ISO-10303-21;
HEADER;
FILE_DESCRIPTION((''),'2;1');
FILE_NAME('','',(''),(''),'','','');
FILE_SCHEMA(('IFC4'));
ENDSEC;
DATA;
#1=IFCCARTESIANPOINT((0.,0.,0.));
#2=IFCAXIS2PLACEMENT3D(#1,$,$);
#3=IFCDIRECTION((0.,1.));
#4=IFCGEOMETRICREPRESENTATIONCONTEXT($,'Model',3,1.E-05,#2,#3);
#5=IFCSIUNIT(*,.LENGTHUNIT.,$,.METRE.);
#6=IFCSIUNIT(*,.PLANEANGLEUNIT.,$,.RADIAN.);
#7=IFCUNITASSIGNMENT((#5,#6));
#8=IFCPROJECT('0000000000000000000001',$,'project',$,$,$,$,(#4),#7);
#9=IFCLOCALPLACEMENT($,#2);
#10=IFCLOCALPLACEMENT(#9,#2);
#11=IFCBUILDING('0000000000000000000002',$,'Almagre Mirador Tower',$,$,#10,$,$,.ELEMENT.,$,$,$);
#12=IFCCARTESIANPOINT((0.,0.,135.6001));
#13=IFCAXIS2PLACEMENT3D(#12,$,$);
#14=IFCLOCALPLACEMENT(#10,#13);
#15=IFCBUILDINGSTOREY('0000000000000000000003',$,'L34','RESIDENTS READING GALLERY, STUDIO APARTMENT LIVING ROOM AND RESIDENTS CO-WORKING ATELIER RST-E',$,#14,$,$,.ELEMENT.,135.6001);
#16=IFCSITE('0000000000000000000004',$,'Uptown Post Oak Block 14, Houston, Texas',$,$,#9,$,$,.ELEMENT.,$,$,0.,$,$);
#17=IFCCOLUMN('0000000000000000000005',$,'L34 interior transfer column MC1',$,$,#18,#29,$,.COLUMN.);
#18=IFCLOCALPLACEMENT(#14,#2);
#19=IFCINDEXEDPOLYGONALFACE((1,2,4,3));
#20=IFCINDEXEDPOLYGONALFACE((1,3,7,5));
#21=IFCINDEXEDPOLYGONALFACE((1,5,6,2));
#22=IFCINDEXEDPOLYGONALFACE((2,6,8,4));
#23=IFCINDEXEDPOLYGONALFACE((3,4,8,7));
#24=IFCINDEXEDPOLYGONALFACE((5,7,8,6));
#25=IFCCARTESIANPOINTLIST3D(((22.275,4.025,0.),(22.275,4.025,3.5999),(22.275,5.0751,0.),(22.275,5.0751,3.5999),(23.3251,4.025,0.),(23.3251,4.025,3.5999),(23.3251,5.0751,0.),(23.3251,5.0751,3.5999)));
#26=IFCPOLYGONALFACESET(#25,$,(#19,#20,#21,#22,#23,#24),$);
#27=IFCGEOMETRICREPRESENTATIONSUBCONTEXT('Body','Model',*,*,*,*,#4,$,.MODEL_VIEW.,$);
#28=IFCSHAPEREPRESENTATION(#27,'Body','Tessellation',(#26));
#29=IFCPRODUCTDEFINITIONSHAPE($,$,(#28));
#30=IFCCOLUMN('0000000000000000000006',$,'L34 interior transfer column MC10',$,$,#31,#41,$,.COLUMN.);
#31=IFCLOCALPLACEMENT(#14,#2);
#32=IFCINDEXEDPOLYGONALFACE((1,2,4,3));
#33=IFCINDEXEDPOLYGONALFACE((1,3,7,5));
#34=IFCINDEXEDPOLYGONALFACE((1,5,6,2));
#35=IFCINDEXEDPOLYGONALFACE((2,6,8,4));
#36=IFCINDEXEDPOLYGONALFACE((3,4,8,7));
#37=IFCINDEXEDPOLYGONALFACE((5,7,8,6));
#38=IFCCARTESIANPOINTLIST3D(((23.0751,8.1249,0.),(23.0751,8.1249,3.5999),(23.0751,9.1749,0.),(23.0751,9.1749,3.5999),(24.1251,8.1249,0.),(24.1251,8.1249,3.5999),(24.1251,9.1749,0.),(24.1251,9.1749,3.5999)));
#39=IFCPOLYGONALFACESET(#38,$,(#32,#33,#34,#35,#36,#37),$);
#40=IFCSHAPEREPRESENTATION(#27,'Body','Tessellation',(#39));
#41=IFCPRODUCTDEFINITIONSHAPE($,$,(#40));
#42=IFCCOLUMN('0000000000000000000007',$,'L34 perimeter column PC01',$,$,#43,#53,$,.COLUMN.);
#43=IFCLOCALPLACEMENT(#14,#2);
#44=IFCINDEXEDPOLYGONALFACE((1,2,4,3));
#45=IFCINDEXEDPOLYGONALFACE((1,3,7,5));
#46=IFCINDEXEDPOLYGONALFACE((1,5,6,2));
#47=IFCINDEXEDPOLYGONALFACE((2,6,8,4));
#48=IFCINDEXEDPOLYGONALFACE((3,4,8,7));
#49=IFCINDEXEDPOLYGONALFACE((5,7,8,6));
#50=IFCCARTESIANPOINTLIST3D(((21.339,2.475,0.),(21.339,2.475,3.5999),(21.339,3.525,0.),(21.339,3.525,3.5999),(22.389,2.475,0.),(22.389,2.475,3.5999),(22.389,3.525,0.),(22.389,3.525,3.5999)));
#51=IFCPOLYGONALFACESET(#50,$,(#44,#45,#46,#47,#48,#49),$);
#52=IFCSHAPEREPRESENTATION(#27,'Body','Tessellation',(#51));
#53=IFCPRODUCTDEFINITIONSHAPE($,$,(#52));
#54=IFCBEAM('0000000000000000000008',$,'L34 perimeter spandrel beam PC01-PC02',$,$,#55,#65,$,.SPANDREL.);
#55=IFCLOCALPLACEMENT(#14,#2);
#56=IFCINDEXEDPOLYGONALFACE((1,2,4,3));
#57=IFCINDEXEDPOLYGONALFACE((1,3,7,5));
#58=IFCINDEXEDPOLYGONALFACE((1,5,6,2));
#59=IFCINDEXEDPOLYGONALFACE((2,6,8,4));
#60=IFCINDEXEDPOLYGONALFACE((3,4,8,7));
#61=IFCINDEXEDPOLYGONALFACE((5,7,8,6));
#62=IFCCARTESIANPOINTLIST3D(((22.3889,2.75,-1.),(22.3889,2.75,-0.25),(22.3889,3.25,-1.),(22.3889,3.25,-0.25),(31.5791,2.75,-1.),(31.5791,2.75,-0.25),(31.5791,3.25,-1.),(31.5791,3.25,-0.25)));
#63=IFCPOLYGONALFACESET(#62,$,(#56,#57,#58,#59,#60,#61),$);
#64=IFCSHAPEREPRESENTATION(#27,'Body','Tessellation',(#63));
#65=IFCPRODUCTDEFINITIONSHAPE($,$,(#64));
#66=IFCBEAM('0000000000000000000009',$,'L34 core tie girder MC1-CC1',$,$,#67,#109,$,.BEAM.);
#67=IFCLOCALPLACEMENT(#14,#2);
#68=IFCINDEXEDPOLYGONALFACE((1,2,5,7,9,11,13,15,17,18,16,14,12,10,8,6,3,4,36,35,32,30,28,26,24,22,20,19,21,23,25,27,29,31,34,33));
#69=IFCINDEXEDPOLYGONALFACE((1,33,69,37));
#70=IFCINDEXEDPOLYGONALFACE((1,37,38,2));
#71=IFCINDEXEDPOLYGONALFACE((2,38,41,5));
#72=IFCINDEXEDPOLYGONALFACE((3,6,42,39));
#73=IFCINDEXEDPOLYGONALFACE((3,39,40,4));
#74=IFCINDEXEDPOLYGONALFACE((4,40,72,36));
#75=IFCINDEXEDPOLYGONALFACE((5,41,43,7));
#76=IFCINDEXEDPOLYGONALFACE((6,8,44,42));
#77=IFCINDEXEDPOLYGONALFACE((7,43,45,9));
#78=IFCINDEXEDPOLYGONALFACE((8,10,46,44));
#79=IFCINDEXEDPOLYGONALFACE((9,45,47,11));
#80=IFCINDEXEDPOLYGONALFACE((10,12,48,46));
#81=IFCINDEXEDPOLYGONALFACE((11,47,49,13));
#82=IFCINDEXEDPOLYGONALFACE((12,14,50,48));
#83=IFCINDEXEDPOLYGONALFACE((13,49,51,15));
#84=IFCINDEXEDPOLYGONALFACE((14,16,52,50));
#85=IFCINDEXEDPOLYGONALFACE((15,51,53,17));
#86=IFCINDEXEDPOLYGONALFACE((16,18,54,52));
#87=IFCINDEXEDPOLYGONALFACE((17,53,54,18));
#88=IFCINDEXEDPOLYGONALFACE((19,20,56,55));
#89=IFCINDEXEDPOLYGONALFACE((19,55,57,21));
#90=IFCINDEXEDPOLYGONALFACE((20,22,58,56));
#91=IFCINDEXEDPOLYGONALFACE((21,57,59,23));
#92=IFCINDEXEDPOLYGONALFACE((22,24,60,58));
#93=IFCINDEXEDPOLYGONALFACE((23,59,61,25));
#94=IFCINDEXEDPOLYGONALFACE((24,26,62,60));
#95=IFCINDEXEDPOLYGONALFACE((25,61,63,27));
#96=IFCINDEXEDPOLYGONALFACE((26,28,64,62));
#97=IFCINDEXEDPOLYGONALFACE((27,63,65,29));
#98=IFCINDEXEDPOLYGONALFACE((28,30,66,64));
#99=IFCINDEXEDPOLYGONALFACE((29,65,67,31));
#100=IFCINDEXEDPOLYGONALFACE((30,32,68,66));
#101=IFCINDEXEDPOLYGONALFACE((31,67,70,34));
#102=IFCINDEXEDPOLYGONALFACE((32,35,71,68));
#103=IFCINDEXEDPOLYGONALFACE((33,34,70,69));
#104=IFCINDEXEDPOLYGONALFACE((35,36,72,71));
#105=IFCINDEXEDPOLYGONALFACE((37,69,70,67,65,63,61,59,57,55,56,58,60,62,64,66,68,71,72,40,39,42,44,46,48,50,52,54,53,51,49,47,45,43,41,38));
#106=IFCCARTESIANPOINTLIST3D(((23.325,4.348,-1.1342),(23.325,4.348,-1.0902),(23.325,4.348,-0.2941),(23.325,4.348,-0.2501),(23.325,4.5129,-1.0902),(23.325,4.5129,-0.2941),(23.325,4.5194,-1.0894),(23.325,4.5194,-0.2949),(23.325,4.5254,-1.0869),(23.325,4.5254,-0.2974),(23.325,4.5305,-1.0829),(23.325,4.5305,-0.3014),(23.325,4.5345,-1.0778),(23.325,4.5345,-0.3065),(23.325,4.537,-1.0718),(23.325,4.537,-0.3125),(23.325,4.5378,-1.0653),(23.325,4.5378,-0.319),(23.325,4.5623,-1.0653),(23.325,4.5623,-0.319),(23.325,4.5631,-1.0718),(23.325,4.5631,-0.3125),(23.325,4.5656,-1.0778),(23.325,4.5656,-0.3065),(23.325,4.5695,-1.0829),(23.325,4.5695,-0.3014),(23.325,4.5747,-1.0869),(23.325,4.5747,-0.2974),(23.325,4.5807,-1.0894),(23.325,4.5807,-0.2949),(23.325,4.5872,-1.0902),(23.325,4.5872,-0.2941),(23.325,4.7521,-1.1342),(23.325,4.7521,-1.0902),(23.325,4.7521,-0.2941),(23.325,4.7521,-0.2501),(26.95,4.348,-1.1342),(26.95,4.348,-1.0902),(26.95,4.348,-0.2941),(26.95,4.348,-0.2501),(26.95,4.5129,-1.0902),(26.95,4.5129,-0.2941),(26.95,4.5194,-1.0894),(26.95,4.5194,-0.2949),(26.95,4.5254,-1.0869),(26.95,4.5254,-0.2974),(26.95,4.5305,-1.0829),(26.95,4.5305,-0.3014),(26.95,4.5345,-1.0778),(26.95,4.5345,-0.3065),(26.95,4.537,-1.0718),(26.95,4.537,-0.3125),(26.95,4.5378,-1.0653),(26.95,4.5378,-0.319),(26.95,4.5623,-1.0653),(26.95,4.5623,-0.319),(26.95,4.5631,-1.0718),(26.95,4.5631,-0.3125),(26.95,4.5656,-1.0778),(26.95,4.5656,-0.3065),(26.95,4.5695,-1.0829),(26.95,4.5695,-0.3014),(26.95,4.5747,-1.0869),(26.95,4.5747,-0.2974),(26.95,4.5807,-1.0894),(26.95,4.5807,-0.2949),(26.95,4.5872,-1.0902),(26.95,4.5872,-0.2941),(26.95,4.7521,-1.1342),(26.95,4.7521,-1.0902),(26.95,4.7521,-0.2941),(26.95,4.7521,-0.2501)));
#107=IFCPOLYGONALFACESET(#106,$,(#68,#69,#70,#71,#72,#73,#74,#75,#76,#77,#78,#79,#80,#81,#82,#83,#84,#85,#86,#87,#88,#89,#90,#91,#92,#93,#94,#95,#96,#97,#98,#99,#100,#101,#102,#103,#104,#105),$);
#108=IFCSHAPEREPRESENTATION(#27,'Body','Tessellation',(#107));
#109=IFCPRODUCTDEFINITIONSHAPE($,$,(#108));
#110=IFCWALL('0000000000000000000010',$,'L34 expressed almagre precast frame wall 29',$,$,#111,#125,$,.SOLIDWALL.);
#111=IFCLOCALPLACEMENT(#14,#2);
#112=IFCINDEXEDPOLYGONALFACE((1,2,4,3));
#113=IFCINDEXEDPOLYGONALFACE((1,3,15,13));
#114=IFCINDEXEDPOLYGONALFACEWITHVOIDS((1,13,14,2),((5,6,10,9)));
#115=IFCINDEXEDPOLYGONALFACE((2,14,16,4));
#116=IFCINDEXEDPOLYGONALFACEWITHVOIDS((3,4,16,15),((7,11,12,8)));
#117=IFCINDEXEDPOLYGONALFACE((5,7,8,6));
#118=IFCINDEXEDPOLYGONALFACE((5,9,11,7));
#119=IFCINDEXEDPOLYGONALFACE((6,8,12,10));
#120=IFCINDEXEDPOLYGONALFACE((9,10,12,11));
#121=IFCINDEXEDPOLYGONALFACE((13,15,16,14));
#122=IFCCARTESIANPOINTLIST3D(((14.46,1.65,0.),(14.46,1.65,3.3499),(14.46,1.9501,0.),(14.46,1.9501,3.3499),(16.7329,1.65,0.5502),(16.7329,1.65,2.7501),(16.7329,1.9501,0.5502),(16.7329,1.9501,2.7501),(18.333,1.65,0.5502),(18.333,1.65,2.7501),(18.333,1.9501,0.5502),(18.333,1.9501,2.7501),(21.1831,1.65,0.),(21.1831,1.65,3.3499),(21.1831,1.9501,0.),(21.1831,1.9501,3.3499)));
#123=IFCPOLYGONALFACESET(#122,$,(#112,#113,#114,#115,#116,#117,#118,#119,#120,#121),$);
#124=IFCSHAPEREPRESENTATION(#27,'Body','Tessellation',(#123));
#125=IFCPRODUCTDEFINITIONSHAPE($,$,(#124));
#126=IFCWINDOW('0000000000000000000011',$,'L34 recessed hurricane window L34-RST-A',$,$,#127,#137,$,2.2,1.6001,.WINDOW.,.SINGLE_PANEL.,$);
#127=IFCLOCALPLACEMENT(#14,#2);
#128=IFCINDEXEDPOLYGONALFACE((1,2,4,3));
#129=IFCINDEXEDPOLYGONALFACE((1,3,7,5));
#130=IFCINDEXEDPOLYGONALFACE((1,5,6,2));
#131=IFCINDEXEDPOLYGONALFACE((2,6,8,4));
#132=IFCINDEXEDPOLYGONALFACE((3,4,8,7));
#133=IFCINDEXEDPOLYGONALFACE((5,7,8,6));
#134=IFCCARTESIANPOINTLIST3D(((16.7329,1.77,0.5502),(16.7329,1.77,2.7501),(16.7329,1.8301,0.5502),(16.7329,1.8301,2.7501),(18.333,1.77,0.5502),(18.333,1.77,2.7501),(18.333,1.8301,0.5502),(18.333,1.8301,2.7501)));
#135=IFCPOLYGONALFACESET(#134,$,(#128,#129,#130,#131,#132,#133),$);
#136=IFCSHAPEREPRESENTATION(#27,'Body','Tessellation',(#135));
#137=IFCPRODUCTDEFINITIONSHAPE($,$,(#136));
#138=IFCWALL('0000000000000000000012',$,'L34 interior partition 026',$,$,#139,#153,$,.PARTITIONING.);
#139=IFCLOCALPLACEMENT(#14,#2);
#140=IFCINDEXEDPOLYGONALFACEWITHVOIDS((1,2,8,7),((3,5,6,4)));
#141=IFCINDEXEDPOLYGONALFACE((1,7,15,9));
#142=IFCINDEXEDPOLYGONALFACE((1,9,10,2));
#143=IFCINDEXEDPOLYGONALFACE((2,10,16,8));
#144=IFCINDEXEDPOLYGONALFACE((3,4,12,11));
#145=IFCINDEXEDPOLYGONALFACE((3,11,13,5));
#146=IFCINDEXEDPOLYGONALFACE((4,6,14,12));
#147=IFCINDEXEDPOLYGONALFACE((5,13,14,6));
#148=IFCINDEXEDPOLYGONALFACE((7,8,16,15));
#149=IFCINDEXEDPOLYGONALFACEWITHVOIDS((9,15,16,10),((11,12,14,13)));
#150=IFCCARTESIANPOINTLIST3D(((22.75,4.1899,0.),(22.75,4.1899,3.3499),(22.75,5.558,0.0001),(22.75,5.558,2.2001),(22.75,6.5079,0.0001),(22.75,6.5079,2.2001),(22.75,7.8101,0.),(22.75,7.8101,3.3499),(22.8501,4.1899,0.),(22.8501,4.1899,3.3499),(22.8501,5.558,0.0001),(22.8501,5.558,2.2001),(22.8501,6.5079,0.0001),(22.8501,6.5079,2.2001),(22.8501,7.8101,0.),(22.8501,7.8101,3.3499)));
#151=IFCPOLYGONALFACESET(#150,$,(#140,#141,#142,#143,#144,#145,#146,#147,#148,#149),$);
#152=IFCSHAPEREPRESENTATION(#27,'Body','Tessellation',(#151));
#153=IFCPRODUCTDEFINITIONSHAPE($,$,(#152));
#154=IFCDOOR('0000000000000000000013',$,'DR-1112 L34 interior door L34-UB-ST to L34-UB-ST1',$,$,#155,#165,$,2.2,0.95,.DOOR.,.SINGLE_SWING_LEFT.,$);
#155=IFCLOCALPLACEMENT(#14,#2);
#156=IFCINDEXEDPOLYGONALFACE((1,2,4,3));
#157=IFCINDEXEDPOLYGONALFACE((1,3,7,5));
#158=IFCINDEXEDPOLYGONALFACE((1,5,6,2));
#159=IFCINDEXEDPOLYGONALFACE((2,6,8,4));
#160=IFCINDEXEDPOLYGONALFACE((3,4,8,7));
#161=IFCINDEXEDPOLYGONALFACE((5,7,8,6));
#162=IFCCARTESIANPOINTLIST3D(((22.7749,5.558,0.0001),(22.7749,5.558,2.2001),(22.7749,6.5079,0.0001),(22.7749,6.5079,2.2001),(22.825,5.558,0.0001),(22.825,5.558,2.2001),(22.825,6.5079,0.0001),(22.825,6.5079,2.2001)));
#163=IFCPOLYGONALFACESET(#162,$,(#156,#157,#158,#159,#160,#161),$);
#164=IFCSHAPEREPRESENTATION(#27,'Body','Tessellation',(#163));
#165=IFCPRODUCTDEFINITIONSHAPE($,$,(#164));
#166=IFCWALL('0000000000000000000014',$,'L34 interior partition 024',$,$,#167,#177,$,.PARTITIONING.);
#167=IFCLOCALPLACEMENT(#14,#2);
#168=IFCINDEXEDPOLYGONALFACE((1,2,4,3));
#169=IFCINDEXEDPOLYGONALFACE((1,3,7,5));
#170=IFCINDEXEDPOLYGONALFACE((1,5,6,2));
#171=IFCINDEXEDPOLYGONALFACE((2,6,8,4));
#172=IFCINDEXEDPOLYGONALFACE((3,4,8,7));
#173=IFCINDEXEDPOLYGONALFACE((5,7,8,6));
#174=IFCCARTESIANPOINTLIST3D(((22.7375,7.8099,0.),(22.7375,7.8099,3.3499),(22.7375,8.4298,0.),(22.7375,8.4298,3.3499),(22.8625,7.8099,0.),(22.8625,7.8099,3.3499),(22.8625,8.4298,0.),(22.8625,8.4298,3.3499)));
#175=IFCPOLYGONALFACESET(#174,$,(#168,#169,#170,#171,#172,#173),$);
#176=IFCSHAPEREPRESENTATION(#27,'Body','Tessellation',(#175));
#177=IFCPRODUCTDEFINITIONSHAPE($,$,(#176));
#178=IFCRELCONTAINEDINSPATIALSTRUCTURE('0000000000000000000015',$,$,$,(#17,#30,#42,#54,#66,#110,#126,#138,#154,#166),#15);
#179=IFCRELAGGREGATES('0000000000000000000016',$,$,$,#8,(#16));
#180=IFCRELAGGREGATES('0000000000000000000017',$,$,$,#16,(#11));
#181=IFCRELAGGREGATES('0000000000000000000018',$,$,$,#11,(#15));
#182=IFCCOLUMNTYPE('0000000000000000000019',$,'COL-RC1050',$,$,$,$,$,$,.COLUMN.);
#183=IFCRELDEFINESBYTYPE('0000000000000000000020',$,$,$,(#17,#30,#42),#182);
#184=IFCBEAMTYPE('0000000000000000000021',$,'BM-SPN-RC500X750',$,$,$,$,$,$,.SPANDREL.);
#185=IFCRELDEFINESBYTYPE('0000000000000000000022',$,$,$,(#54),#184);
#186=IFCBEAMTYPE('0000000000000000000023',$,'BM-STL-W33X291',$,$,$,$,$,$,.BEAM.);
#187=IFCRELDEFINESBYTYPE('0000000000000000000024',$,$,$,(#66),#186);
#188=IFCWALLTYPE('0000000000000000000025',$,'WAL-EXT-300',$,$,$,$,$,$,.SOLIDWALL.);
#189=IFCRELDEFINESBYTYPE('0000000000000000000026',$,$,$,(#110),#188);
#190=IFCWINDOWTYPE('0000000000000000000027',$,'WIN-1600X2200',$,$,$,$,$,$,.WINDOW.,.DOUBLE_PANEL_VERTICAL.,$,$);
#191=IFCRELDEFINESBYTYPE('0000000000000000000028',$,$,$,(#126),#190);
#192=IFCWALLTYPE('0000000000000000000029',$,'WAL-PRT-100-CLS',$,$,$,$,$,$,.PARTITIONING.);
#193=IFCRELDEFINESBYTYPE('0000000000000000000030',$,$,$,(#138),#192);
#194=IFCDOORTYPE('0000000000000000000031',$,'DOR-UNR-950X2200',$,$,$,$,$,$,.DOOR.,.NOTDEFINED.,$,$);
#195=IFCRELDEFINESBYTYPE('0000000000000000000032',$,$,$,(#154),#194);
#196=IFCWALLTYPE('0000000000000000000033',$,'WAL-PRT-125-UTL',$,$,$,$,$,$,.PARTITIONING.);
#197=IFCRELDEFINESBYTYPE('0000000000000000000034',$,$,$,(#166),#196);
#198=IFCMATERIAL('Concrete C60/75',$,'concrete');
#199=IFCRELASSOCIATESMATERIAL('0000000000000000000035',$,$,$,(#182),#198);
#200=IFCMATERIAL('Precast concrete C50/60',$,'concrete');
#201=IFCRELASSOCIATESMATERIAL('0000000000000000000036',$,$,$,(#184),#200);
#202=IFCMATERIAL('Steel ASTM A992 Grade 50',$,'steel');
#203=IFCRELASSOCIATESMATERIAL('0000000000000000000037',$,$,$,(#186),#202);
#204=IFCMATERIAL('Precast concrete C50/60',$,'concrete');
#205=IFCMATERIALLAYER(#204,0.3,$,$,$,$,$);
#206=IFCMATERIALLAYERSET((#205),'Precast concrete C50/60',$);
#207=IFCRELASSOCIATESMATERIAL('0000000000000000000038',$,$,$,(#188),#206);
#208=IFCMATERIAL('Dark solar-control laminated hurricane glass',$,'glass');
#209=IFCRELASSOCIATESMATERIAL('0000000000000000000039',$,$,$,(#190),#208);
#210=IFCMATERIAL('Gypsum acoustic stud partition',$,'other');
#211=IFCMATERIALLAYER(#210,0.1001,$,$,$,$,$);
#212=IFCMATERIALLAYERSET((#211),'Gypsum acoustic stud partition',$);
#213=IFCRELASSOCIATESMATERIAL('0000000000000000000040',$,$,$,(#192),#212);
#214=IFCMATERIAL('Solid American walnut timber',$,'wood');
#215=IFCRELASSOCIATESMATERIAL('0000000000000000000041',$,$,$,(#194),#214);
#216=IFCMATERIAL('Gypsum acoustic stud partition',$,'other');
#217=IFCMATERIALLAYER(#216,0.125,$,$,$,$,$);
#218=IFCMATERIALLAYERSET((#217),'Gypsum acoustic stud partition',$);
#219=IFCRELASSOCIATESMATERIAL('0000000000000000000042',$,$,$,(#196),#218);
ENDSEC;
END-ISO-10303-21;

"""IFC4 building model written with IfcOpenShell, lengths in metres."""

from ifc_helpers import new_model, si_unit, direction, frame, frame_2d, origin, origin_2d, place, context, subcontext, project, spatial, rectangle, i_section, extrude, material, layer, layer_set, material_profile, profile_set, type_object, element, fill, save


model = new_model("IFC4")

# Units and contexts
model_context = context("Model", 3, precision=1e-05, world=origin(), true_north=direction((0.0, 1.0)))
body_context = subcontext(model_context, "Body", "Model", "MODEL_VIEW")
ifc_project = project(units=[si_unit("LENGTHUNIT", "METRE"), si_unit("PLANEANGLEUNIT", "RADIAN")], contexts=[model_context])

# Site, building, storey
site_placement = place(None, origin())
site = spatial("IfcSite", under=ifc_project, at=site_placement, Name="Uptown Post Oak Block 14, Houston, Texas", CompositionType="ELEMENT", RefElevation=0.0)
building_placement = place(site_placement, origin())
building = spatial("IfcBuilding", under=site, at=building_placement, Name="Almagre Mirador Tower", CompositionType="ELEMENT")
storey_placement = place(building_placement, frame((0.0, 0.0, 135.6001)))
storey = spatial("IfcBuildingStorey", under=building, at=storey_placement, Name="L34", Description="RESIDENTS READING GALLERY, STUDIO APARTMENT LIVING ROOM AND RESIDENTS CO-WORKING ATELIER RST-E", CompositionType="ELEMENT", Elevation=135.6001)

# Columns
ifc_material_1 = material(Name="Concrete C60/75", Category="concrete")
ifc_material_profile_1 = material_profile(ifc_material_1, rectangle(XDim=1.05, YDim=1.05, at=origin_2d()), Name="RC1050X1050")
ifc_profile_set_1 = profile_set([ifc_material_profile_1], Name="Concrete C60/75")
column_type = type_object("IfcColumnType", Name="COL-RC1050", PredefinedType="COLUMN", material=ifc_profile_set_1)
for number, where, z_axis, x_axis, name in (
    (1, (22.8, 4.55, 0.0), (0.0, 0.0, 1.0), (1.0, 0.0, 0.0), "L34 interior transfer column MC1"),
    (2, (23.6001, 8.6499, 0.0), (0.0, 0.0, 1.0), (1.0, 0.0, 0.0), "L34 interior transfer column MC10"),
    (3, (21.864, 3.0, 0.0), (0.0, 0.0, 1.0), (1.0, 0.0, 0.0), "L34 perimeter column PC01"),
):
    element("IfcColumn", number, at=place(storey_placement, frame(where, z_axis=z_axis, x_axis=x_axis)), inside=storey, type_object=column_type, Name=name, PredefinedType="COLUMN", context=body_context, shape_type="SweptSolid", body=[
        extrude(rectangle(XDim=1.05, YDim=1.05, at=origin_2d()), origin(), (0.0, 0.0, 1.0), 3.5999),
    ])

# Beams
ifc_material_2 = material(Name="Precast concrete C50/60", Category="concrete")
ifc_material_profile_2 = material_profile(ifc_material_2, rectangle(XDim=0.5, YDim=0.75, at=origin_2d()), Name="RC500X750")
ifc_profile_set_2 = profile_set([ifc_material_profile_2], Name="Precast concrete C50/60")
beam_type_1 = type_object("IfcBeamType", Name="BM-SPN-RC500X750", PredefinedType="SPANDREL", material=ifc_profile_set_2)
beam_1_placement = place(storey_placement, frame((22.3889, 3.0, -0.625), z_axis=(1.0, 0.0, 0.0), x_axis=(0.0, 1.0, 0.0)))
element("IfcBeam", 4, at=beam_1_placement, inside=storey, type_object=beam_type_1, Name="L34 perimeter spandrel beam PC01-PC02", PredefinedType="SPANDREL", context=body_context, shape_type="SweptSolid", body=[
    extrude(rectangle(XDim=0.5, YDim=0.75, at=origin_2d()), origin(), (0.0, 0.0, 1.0), 9.1902),
])
ifc_material_3 = material(Name="Steel ASTM A992 Grade 50", Category="steel")
ifc_material_profile_3 = material_profile(ifc_material_3, i_section(OverallWidth=0.4041, OverallDepth=0.884, WebThickness=0.0244, FlangeThickness=0.0439, FilletRadius=0.0249, at=origin_2d()), Name="W33X291")
ifc_profile_set_3 = profile_set([ifc_material_profile_3], Name="Steel ASTM A992 Grade 50")
beam_type_2 = type_object("IfcBeamType", Name="BM-STL-W33X291", PredefinedType="BEAM", material=ifc_profile_set_3)
beam_2_placement = place(storey_placement, frame((23.325, 4.55, -0.6921), z_axis=(1.0, 0.0, 0.0), x_axis=(0.0, 1.0, 0.0)))
element("IfcBeam", 5, at=beam_2_placement, inside=storey, type_object=beam_type_2, Name="L34 core tie girder MC1-CC1", PredefinedType="BEAM", context=body_context, shape_type="SweptSolid", body=[
    extrude(i_section(OverallWidth=0.4041, OverallDepth=0.884, WebThickness=0.0244, FlangeThickness=0.0439, FilletRadius=0.0249, at=origin_2d()), origin(), (0.0, 0.0, 1.0), 3.625),
])

# Wall, opening, window
ifc_material_4 = material(Name="Precast concrete C50/60", Category="concrete")
ifc_layer_1 = layer(ifc_material_4, 0.3)
ifc_layer_set_1 = layer_set([ifc_layer_1], Name="Precast concrete C50/60")
wall_type_1 = type_object("IfcWallType", Name="WAL-EXT-300", PredefinedType="SOLIDWALL", material=ifc_layer_set_1)
wall_1_placement = place(storey_placement, frame((21.1831, 1.8, 0.0), z_axis=(0.0, 0.0, 1.0), x_axis=(-1.0, 0.0, 0.0)))
wall_1 = element("IfcWall", 6, at=wall_1_placement, inside=storey, type_object=wall_type_1, Name="L34 expressed almagre precast frame wall 29", PredefinedType="SOLIDWALL", context=body_context, shape_type="SweptSolid", body=[
    extrude(rectangle(XDim=6.7231, YDim=0.3, at=frame_2d((3.3616, 0.0))), origin(), (0.0, 0.0, 1.0), 3.3499),
])
opening_1_placement = place(wall_1_placement, frame((2.8501, 0.0, 0.55)))
opening_1 = element("IfcOpeningElement", 7, at=opening_1_placement, cuts=wall_1, PredefinedType="OPENING", context=body_context, shape_type="SweptSolid", body=[
    extrude(rectangle(XDim=1.6001, YDim=2.2, at=frame_2d((0.8, 1.1001))), frame((0.0, 0.1599, 0.0), z_axis=(0.0, -1.0, 0.0), x_axis=(1.0, 0.0, 0.0)), (0.0, 0.0, 1.0), 0.32),
])
ifc_material_5 = material(Name="Dark solar-control laminated hurricane glass", Category="glass")
window_type = type_object("IfcWindowType", Name="WIN-1600X2200", PartitioningType="DOUBLE_PANEL_VERTICAL", PredefinedType="WINDOW", material=ifc_material_5)
window_placement = place(opening_1_placement, origin())
window = element("IfcWindow", 8, at=window_placement, inside=storey, type_object=window_type, Name="L34 recessed hurricane window L34-RST-A", OverallHeight=2.2, OverallWidth=1.6001, PartitioningType="SINGLE_PANEL", PredefinedType="WINDOW", context=body_context, shape_type="SweptSolid", body=[
    extrude(rectangle(XDim=1.6001, YDim=2.2, at=frame_2d((0.8, 1.1001))), frame((0.0, 0.03, 0.0), z_axis=(0.0, -1.0, 0.0), x_axis=(1.0, 0.0, 0.0)), (0.0, 0.0, 1.0), 0.0601),
])
fill(opening_1, window)

# Wall, opening, door
ifc_material_6 = material(Name="Gypsum acoustic stud partition", Category="other")
ifc_layer_2 = layer(ifc_material_6, 0.1001)
ifc_layer_set_2 = layer_set([ifc_layer_2], Name="Gypsum acoustic stud partition")
wall_type_2 = type_object("IfcWallType", Name="WAL-PRT-100-CLS", PredefinedType="PARTITIONING", material=ifc_layer_set_2)
wall_2_placement = place(storey_placement, frame((22.8, 7.8101, 0.0), z_axis=(0.0, 0.0, 1.0), x_axis=(0.0, -1.0, 0.0)))
wall_2 = element("IfcWall", 9, at=wall_2_placement, inside=storey, type_object=wall_type_2, Name="L34 interior partition 026", PredefinedType="PARTITIONING", context=body_context, shape_type="SweptSolid", body=[
    extrude(rectangle(XDim=3.6201, YDim=0.1001, at=frame_2d((1.8101, 0.0))), origin(), (0.0, 0.0, 1.0), 3.3499),
])
opening_2_placement = place(wall_2_placement, frame((1.302, 0.0, 0.0)))
opening_2 = element("IfcOpeningElement", 10, at=opening_2_placement, cuts=wall_2, PredefinedType="OPENING", context=body_context, shape_type="SweptSolid", body=[
    extrude(rectangle(XDim=0.95, YDim=2.2, at=frame_2d((0.4751, 1.1001))), frame((0.0, 0.06, 0.0), z_axis=(0.0, -1.0, 0.0), x_axis=(1.0, 0.0, 0.0)), (0.0, 0.0, 1.0), 0.1201),
])
ifc_material_7 = material(Name="Solid American walnut timber", Category="wood")
door_type_1 = type_object("IfcDoorType", Name="DOR-UNR-950X2200", OperationType="NOTDEFINED", PredefinedType="DOOR", material=ifc_material_7)
door_1_placement = place(opening_2_placement, origin())
door_1 = element("IfcDoor", 11, at=door_1_placement, inside=storey, type_object=door_type_1, Name="DR-1112 L34 interior door L34-UB-ST to L34-UB-ST1", OperationType="SINGLE_SWING_LEFT", OverallHeight=2.2, OverallWidth=0.95, PredefinedType="DOOR", context=body_context, shape_type="SweptSolid", body=[
    extrude(rectangle(XDim=0.95, YDim=2.2, at=frame_2d((0.4751, 1.1001))), frame((0.0, 0.0249, 0.0), z_axis=(0.0, -1.0, 0.0), x_axis=(1.0, 0.0, 0.0)), (0.0, 0.0, 1.0), 0.05),
])
fill(opening_2, door_1)

# Wall
ifc_material_8 = material(Name="Gypsum acoustic stud partition", Category="other")
ifc_layer_3 = layer(ifc_material_8, 0.125)
ifc_layer_set_3 = layer_set([ifc_layer_3], Name="Gypsum acoustic stud partition")
wall_type_3 = type_object("IfcWallType", Name="WAL-PRT-125-UTL", PredefinedType="PARTITIONING", material=ifc_layer_set_3)
wall_3_placement = place(storey_placement, frame((22.8, 8.4299, 0.0), z_axis=(0.0, 0.0, 1.0), x_axis=(0.0, -1.0, 0.0)))
element("IfcWall", 12, at=wall_3_placement, inside=storey, type_object=wall_type_3, Name="L34 interior partition 024", PredefinedType="PARTITIONING", context=body_context, shape_type="SweptSolid", body=[
    extrude(rectangle(XDim=0.6199, YDim=0.125, at=frame_2d((0.3101, 0.0))), origin(), (0.0, 0.0, 1.0), 3.3499),
])

save(model, "model.ifc")
